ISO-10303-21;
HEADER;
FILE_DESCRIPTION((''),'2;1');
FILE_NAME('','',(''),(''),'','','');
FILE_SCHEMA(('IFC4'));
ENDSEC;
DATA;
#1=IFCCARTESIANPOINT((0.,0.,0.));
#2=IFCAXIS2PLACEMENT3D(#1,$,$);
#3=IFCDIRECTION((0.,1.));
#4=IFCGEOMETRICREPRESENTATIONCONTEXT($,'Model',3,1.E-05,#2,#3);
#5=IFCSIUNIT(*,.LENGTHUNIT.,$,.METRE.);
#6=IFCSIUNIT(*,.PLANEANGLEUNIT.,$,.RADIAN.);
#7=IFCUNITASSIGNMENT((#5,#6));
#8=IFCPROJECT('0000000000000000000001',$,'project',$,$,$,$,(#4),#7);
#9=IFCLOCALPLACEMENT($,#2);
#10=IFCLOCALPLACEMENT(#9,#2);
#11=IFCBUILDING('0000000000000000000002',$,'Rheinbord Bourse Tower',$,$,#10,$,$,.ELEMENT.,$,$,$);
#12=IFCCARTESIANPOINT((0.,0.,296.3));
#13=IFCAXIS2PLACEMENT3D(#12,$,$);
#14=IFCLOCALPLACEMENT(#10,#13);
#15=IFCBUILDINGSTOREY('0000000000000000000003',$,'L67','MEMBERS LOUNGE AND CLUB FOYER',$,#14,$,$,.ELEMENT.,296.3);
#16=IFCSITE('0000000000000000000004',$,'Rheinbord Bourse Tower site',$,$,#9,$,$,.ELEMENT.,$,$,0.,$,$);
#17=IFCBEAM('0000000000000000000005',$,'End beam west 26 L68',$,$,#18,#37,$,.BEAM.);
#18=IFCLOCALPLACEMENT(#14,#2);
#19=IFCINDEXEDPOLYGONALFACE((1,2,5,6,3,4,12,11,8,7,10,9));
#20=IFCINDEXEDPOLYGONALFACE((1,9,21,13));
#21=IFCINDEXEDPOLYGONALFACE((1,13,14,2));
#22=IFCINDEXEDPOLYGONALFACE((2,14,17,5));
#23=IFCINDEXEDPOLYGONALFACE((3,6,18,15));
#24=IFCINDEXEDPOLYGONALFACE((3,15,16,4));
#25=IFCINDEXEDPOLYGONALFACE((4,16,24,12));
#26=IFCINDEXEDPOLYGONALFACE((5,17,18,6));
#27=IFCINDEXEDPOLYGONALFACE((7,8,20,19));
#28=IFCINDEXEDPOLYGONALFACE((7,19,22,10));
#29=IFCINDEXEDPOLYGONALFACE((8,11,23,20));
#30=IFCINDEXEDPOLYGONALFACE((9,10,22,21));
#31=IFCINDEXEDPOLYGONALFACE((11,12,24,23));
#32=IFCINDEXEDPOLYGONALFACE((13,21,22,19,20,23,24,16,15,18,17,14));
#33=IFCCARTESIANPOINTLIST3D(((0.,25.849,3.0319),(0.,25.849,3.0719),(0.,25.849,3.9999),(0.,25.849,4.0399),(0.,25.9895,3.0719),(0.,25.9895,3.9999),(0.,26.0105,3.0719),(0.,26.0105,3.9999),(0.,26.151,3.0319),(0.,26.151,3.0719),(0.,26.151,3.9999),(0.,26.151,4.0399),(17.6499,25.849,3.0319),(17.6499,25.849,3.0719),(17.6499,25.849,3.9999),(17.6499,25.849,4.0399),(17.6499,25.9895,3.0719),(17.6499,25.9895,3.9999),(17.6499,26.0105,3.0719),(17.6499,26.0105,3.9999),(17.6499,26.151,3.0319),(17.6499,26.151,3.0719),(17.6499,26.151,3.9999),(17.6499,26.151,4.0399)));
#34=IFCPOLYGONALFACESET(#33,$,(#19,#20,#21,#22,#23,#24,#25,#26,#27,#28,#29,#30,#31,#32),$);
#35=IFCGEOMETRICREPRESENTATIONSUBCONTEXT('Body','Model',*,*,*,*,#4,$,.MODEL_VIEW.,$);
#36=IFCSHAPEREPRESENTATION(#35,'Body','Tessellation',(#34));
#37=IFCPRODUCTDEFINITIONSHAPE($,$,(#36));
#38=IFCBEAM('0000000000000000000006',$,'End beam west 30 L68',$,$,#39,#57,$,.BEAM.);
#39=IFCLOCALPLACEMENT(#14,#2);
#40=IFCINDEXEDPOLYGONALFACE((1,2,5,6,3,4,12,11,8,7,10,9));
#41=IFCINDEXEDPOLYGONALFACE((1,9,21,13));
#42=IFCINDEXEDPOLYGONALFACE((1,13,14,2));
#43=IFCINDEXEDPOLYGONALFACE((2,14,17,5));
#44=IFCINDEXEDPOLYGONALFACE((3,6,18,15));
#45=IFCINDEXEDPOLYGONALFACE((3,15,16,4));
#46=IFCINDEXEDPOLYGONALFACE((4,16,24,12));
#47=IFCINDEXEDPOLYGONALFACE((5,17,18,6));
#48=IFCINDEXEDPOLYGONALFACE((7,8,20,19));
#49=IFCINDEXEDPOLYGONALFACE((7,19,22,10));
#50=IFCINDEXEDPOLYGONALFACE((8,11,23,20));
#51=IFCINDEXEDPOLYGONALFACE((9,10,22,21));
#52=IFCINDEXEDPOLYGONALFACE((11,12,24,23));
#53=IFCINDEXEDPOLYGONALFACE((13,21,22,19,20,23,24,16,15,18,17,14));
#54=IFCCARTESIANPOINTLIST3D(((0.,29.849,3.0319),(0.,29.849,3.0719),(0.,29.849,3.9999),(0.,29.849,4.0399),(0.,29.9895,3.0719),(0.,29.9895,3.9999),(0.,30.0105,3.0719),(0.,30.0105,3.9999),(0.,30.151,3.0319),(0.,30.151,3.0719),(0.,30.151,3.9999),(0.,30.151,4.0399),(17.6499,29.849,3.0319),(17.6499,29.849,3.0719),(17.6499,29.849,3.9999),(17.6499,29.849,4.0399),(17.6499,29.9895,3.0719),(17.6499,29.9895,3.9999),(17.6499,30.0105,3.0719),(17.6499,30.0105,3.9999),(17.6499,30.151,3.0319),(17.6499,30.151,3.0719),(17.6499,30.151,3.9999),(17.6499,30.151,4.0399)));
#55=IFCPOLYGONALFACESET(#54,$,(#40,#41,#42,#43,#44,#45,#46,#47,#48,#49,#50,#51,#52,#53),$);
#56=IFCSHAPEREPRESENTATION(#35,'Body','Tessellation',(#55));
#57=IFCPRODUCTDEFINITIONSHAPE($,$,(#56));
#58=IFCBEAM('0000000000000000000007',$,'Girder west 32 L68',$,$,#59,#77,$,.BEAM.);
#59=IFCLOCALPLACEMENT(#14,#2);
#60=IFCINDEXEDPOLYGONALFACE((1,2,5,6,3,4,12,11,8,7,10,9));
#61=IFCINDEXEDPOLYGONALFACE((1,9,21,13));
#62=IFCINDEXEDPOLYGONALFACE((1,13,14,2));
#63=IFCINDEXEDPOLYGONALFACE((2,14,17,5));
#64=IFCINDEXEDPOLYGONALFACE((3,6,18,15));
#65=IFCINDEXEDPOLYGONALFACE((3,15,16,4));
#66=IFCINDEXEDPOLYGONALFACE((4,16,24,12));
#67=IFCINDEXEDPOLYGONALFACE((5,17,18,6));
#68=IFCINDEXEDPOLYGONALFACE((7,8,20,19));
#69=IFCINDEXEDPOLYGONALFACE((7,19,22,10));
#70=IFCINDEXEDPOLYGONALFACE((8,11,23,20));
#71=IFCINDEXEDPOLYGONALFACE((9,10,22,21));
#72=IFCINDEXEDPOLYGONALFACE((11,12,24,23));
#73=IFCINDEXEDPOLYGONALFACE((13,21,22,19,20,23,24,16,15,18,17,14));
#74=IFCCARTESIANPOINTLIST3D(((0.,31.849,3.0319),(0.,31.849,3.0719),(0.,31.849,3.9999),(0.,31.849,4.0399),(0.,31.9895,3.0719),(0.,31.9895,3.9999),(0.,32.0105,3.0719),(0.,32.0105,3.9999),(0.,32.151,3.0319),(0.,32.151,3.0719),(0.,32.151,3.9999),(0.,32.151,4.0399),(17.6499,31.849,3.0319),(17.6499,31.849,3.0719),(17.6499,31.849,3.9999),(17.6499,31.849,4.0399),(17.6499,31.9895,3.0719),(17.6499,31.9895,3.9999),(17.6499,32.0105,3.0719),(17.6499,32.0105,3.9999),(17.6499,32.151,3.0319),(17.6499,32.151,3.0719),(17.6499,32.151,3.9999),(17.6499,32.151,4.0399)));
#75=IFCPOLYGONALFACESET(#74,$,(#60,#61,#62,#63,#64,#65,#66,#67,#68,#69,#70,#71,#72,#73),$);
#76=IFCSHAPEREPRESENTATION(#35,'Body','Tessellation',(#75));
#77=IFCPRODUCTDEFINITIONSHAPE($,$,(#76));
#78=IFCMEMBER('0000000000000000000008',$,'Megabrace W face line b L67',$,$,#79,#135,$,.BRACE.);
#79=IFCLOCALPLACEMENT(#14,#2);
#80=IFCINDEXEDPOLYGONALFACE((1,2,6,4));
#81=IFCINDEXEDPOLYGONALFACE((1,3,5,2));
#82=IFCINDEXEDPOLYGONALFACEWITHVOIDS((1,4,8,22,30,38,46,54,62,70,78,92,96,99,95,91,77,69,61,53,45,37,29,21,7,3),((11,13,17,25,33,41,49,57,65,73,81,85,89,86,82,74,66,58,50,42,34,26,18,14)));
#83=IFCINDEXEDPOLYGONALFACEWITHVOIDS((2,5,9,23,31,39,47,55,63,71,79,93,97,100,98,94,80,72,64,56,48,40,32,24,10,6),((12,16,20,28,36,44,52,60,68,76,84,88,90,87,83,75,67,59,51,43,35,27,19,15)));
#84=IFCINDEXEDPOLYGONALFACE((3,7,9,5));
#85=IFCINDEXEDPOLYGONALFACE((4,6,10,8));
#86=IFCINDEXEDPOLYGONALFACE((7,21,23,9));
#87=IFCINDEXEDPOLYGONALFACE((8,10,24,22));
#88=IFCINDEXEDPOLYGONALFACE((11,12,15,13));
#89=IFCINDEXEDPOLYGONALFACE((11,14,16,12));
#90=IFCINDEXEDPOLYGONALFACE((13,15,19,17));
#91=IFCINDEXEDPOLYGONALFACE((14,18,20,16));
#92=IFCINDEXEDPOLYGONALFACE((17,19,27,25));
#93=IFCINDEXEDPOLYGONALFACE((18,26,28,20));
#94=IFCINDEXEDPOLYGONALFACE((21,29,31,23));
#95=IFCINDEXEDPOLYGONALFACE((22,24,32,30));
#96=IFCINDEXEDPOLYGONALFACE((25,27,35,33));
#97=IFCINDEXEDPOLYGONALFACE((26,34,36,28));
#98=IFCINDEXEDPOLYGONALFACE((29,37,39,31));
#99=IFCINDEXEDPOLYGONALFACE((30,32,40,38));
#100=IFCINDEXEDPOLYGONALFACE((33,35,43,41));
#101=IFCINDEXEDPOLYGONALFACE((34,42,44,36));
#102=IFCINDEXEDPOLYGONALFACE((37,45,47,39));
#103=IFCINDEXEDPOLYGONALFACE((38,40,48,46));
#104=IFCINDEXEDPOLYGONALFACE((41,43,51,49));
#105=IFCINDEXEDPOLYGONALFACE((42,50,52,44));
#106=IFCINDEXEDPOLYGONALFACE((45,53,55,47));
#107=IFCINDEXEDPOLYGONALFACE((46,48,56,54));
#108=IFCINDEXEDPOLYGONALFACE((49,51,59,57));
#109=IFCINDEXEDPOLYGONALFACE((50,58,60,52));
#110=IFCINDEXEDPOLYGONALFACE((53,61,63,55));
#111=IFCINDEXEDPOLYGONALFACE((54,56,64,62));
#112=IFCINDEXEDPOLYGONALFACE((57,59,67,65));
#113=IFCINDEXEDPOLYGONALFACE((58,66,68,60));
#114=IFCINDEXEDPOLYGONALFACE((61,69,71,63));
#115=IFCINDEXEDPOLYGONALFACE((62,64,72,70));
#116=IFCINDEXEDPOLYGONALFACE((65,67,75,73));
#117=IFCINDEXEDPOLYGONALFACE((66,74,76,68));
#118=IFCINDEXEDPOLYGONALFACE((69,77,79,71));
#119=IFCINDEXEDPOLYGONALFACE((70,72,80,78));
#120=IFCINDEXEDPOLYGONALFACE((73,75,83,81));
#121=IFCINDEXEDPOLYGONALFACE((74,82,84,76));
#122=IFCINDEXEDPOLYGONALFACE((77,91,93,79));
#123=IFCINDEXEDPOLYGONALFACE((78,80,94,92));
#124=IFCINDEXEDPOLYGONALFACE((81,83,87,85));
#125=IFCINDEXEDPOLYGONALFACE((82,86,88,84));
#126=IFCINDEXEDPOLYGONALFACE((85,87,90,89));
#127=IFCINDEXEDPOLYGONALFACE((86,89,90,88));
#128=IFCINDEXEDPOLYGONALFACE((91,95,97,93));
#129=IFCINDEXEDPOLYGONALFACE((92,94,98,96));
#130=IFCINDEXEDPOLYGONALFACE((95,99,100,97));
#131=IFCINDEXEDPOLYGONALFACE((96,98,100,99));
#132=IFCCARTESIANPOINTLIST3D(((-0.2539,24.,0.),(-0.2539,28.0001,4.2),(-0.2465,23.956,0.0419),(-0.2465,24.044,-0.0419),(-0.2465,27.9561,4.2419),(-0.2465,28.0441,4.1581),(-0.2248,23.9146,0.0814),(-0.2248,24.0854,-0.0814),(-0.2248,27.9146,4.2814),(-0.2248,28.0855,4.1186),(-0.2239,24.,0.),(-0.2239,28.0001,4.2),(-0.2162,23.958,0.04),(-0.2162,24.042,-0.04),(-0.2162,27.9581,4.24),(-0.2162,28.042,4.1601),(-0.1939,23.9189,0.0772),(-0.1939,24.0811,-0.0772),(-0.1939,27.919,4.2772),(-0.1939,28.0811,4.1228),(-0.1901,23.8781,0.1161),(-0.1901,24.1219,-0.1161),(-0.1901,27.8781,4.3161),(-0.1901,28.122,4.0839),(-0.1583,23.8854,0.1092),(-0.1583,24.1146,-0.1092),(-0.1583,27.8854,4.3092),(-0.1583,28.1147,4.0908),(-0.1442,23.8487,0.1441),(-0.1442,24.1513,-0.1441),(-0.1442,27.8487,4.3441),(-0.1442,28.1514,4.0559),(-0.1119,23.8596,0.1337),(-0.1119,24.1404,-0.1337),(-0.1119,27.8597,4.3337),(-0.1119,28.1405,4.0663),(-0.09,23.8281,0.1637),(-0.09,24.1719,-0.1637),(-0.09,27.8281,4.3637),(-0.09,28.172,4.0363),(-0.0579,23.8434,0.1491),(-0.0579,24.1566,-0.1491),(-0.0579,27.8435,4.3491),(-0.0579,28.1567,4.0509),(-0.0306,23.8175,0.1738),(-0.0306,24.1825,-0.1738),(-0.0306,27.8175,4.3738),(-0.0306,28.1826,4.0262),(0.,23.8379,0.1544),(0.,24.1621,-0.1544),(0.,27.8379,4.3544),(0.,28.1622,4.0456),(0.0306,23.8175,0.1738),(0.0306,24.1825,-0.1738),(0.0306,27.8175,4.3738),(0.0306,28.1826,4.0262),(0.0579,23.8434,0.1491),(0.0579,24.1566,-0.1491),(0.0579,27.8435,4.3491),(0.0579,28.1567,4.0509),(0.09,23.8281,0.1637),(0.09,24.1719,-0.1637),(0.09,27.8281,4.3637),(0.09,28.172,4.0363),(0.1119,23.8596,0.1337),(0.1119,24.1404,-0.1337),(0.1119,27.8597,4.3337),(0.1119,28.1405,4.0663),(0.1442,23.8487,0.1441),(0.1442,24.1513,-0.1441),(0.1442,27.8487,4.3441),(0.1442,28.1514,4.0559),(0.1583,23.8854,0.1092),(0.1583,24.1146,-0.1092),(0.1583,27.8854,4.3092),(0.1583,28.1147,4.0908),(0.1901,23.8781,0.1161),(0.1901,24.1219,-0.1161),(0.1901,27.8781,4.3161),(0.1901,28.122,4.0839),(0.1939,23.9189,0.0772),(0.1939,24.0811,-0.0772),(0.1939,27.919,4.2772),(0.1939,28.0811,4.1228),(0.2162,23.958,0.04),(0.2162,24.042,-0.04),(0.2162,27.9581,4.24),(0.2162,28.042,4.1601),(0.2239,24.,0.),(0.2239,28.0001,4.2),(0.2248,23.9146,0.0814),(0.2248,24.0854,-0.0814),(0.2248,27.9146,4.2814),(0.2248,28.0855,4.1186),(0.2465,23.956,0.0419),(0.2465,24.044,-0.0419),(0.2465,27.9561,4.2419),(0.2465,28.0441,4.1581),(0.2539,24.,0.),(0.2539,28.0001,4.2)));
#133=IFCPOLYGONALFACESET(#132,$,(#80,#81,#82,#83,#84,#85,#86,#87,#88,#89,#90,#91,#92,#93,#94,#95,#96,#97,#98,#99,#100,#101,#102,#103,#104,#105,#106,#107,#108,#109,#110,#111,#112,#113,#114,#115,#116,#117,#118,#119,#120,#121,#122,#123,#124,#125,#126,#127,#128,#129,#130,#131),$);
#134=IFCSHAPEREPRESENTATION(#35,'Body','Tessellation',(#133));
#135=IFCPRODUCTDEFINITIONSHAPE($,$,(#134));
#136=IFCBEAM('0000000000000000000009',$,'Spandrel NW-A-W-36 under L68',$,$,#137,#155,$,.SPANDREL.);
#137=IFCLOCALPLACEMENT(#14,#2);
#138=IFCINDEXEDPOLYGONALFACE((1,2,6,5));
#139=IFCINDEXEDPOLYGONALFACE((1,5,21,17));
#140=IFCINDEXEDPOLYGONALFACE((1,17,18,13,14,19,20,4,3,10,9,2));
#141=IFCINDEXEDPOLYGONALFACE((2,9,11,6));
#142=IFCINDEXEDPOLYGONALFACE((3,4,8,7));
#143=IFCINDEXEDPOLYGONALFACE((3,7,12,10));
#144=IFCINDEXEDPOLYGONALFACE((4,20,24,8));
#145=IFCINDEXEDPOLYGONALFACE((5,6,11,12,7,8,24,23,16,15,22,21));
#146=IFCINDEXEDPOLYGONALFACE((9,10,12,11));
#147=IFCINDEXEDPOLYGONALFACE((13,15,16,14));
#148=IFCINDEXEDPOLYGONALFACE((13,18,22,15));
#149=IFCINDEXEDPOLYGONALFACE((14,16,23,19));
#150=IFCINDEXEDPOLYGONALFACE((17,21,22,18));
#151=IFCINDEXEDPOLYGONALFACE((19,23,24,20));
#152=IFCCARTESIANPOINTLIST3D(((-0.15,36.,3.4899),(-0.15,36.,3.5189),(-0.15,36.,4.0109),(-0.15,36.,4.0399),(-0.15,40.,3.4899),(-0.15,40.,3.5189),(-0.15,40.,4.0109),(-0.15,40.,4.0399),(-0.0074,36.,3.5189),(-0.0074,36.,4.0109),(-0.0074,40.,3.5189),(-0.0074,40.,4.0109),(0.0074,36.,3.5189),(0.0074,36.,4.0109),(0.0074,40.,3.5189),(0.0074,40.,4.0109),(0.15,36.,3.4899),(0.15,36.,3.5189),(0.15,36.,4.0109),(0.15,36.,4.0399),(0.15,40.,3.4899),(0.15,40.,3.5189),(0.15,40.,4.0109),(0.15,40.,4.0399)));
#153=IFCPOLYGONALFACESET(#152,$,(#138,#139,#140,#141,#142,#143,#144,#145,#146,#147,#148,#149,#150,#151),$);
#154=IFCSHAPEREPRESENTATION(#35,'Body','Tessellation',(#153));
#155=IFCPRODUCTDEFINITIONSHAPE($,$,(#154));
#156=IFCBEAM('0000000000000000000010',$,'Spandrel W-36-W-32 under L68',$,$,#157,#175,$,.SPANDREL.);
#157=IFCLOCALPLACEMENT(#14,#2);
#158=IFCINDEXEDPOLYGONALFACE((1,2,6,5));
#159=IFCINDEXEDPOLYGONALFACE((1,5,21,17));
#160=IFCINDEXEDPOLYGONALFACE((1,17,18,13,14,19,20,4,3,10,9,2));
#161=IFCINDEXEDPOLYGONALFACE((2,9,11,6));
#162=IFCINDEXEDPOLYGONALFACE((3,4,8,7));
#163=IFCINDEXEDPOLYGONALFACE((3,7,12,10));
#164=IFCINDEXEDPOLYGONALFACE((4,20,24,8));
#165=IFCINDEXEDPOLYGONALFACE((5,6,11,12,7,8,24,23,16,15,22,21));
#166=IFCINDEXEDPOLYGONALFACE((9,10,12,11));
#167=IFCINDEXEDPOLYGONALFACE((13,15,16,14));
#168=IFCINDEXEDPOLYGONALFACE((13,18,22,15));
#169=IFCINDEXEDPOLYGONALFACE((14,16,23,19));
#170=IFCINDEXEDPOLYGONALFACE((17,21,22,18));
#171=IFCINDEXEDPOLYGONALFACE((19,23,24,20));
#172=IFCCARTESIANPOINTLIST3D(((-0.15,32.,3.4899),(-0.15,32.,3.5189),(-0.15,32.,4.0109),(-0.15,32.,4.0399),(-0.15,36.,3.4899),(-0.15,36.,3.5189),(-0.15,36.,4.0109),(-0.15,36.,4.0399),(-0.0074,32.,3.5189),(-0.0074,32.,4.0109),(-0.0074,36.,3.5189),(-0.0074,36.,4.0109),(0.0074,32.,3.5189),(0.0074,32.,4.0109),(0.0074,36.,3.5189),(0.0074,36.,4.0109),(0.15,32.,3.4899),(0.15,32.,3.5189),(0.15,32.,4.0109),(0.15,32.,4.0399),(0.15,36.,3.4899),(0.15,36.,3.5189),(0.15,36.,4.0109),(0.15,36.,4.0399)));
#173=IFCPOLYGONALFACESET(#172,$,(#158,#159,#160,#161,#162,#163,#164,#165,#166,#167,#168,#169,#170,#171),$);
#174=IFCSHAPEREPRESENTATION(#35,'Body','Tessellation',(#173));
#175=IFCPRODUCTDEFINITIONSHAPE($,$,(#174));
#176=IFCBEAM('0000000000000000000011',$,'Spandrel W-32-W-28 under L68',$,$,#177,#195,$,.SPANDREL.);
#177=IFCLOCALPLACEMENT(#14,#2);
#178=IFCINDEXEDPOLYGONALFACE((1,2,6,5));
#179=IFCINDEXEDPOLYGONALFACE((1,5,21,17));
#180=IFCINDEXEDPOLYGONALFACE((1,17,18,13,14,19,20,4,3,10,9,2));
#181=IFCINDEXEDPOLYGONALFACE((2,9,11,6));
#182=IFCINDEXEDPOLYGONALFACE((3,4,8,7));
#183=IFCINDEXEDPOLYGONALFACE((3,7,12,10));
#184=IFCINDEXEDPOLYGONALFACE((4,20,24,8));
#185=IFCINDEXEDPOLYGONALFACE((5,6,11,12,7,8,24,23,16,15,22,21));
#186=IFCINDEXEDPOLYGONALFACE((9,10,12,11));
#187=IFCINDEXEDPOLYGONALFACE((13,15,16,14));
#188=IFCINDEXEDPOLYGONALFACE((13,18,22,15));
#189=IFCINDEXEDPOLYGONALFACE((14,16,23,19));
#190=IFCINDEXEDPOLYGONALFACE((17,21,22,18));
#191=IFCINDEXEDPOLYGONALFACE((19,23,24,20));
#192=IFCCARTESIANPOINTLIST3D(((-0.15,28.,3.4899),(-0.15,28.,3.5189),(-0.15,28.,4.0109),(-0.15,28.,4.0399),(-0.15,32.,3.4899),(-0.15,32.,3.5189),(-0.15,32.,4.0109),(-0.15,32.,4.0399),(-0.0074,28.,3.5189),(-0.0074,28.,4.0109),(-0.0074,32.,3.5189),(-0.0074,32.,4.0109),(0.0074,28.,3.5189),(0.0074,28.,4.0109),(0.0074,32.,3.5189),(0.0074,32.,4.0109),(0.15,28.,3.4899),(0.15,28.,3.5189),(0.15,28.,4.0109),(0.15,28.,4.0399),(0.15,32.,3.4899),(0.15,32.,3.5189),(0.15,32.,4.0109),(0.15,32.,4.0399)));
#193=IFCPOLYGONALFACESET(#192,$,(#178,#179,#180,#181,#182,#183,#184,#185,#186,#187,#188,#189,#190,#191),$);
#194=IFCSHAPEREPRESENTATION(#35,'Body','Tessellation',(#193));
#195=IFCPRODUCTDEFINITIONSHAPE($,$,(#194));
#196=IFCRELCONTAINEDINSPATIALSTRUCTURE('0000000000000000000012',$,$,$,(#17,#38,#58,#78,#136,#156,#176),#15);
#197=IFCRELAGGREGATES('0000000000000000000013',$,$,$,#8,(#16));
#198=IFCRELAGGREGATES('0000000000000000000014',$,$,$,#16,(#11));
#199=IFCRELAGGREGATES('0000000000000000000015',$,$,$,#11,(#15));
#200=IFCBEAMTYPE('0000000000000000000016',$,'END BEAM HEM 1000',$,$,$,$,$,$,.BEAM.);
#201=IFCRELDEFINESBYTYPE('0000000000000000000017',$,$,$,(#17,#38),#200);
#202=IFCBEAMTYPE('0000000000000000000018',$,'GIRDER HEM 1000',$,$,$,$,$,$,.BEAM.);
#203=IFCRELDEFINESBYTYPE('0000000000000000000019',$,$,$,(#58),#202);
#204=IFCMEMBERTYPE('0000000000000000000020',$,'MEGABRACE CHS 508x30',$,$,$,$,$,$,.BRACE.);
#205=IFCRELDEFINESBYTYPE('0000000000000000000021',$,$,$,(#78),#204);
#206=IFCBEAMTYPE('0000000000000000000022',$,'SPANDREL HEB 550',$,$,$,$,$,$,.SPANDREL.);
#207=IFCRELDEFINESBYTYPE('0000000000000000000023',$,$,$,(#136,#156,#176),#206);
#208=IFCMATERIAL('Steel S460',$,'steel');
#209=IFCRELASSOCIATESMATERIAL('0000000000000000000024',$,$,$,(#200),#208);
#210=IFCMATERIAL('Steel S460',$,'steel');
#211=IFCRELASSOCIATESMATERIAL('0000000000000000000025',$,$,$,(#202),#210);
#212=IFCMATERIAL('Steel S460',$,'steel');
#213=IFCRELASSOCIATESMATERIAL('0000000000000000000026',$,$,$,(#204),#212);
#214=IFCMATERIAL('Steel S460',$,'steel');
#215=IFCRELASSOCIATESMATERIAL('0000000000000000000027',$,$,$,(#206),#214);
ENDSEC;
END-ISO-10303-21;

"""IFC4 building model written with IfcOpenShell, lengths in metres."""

from ifc_helpers import new_model, si_unit, direction, frame, origin, origin_2d, place, context, subcontext, project, spatial, hollow_circle, i_section, extrude, material, material_profile, profile_set, type_object, element, save


model = new_model("IFC4")

# Units and contexts
model_context = context("Model", 3, precision=1e-05, world=origin(), true_north=direction((0.0, 1.0)))
body_context = subcontext(model_context, "Body", "Model", "MODEL_VIEW")
ifc_project = project(units=[si_unit("LENGTHUNIT", "METRE"), si_unit("PLANEANGLEUNIT", "RADIAN")], contexts=[model_context])

# Site, building, storey
site_placement = place(None, origin())
site = spatial("IfcSite", under=ifc_project, at=site_placement, Name="Rheinbord Bourse Tower site", CompositionType="ELEMENT", RefElevation=0.0)
building_placement = place(site_placement, origin())
building = spatial("IfcBuilding", under=site, at=building_placement, Name="Rheinbord Bourse Tower", CompositionType="ELEMENT")
storey_placement = place(building_placement, frame((0.0, 0.0, 296.3)))
storey = spatial("IfcBuildingStorey", under=building, at=storey_placement, Name="L67", Description="MEMBERS LOUNGE AND CLUB FOYER", CompositionType="ELEMENT", Elevation=296.3)

# Beams
ifc_material_1 = material(Name="Steel S460", Category="steel")
ifc_material_profile_1 = material_profile(ifc_material_1, i_section(OverallWidth=0.302, OverallDepth=1.0081, WebThickness=0.021, FlangeThickness=0.04, at=origin_2d()), Name="HEM 1000")
ifc_profile_set_1 = profile_set([ifc_material_profile_1], Name="Steel S460")
beam_type_1 = type_object("IfcBeamType", Name="END BEAM HEM 1000", PredefinedType="BEAM", material=ifc_profile_set_1)
for number, where, z_axis, x_axis, name in (
    (1, (0.0, 26.0, 3.5359), (1.0, 0.0, 0.0), (0.0, 1.0, 0.0), "End beam west 26 L68"),
    (2, (0.0, 30.0, 3.5359), (1.0, 0.0, 0.0), (0.0, 1.0, 0.0), "End beam west 30 L68"),
):
    element("IfcBeam", number, at=place(storey_placement, frame(where, z_axis=z_axis, x_axis=x_axis)), inside=storey, type_object=beam_type_1, Name=name, PredefinedType="BEAM", context=body_context, shape_type="SweptSolid", body=[
        extrude(i_section(OverallWidth=0.302, OverallDepth=1.0081, WebThickness=0.021, FlangeThickness=0.04, at=origin_2d()), origin(), (0.0, 0.0, 1.0), 17.6499),
    ])
ifc_material_2 = material(Name="Steel S460", Category="steel")
ifc_material_profile_2 = material_profile(ifc_material_2, i_section(OverallWidth=0.302, OverallDepth=1.0081, WebThickness=0.021, FlangeThickness=0.04, at=origin_2d()), Name="HEM 1000")
ifc_profile_set_2 = profile_set([ifc_material_profile_2], Name="Steel S460")
beam_type_2 = type_object("IfcBeamType", Name="GIRDER HEM 1000", PredefinedType="BEAM", material=ifc_profile_set_2)
beam_placement = place(storey_placement, frame((0.0, 32.0, 3.5359), z_axis=(1.0, 0.0, 0.0), x_axis=(0.0, 1.0, 0.0)))
element("IfcBeam", 3, at=beam_placement, inside=storey, type_object=beam_type_2, Name="Girder west 32 L68", PredefinedType="BEAM", context=body_context, shape_type="SweptSolid", body=[
    extrude(i_section(OverallWidth=0.302, OverallDepth=1.0081, WebThickness=0.021, FlangeThickness=0.04, at=origin_2d()), origin(), (0.0, 0.0, 1.0), 17.6499),
])

# Member
ifc_material_3 = material(Name="Steel S460", Category="steel")
ifc_material_profile_3 = material_profile(ifc_material_3, hollow_circle(Radius=0.2539, WallThickness=0.03, at=origin_2d()), Name="CHS 508x30")
ifc_profile_set_3 = profile_set([ifc_material_profile_3], Name="Steel S460")
member_type_1 = type_object("IfcMemberType", Name="MEGABRACE CHS 508x30", PredefinedType="BRACE", material=ifc_profile_set_3)
member_1_placement = place(storey_placement, frame((0.0, 24.0, 0.0), z_axis=(0.0, 0.689659, 0.724134), x_axis=(-1.0, 0.0, 0.0)))
element("IfcMember", 4, at=member_1_placement, inside=storey, type_object=member_type_1, Name="Megabrace W face line b L67", PredefinedType="BRACE", context=body_context, shape_type="SweptSolid", body=[
    extrude(hollow_circle(Radius=0.2539, WallThickness=0.03, at=origin_2d()), origin(), (0.0, 0.0, 1.0), 5.8),
])

# Beams
ifc_material_4 = material(Name="Steel S460", Category="steel")
ifc_material_profile_4 = material_profile(ifc_material_4, i_section(OverallWidth=0.3, OverallDepth=0.55, WebThickness=0.0149, FlangeThickness=0.0291, at=origin_2d()), Name="HEB 550")
ifc_profile_set_4 = profile_set([ifc_material_profile_4], Name="Steel S460")
beam_type_3 = type_object("IfcBeamType", Name="SPANDREL HEB 550", PredefinedType="SPANDREL", material=ifc_profile_set_4)
for number, where, z_axis, x_axis, name in (
    (5, (0.0, 40.0, 3.7649), (0.0, -1.0, 0.0), (1.0, 0.0, 0.0), "Spandrel NW-A-W-36 under L68"),
    (6, (0.0, 36.0, 3.7649), (0.0, -1.0, 0.0), (1.0, 0.0, 0.0), "Spandrel W-36-W-32 under L68"),
    (7, (0.0, 32.0, 3.7649), (0.0, -1.0, 0.0), (1.0, 0.0, 0.0), "Spandrel W-32-W-28 under L68"),
):
    element("IfcBeam", number, at=place(storey_placement, frame(where, z_axis=z_axis, x_axis=x_axis)), inside=storey, type_object=beam_type_3, Name=name, PredefinedType="SPANDREL", context=body_context, shape_type="SweptSolid", body=[
        extrude(i_section(OverallWidth=0.3, OverallDepth=0.55, WebThickness=0.0149, FlangeThickness=0.0291, at=origin_2d()), origin(), (0.0, 0.0, 1.0), 4.0),
    ])

save(model, "model.ifc")
